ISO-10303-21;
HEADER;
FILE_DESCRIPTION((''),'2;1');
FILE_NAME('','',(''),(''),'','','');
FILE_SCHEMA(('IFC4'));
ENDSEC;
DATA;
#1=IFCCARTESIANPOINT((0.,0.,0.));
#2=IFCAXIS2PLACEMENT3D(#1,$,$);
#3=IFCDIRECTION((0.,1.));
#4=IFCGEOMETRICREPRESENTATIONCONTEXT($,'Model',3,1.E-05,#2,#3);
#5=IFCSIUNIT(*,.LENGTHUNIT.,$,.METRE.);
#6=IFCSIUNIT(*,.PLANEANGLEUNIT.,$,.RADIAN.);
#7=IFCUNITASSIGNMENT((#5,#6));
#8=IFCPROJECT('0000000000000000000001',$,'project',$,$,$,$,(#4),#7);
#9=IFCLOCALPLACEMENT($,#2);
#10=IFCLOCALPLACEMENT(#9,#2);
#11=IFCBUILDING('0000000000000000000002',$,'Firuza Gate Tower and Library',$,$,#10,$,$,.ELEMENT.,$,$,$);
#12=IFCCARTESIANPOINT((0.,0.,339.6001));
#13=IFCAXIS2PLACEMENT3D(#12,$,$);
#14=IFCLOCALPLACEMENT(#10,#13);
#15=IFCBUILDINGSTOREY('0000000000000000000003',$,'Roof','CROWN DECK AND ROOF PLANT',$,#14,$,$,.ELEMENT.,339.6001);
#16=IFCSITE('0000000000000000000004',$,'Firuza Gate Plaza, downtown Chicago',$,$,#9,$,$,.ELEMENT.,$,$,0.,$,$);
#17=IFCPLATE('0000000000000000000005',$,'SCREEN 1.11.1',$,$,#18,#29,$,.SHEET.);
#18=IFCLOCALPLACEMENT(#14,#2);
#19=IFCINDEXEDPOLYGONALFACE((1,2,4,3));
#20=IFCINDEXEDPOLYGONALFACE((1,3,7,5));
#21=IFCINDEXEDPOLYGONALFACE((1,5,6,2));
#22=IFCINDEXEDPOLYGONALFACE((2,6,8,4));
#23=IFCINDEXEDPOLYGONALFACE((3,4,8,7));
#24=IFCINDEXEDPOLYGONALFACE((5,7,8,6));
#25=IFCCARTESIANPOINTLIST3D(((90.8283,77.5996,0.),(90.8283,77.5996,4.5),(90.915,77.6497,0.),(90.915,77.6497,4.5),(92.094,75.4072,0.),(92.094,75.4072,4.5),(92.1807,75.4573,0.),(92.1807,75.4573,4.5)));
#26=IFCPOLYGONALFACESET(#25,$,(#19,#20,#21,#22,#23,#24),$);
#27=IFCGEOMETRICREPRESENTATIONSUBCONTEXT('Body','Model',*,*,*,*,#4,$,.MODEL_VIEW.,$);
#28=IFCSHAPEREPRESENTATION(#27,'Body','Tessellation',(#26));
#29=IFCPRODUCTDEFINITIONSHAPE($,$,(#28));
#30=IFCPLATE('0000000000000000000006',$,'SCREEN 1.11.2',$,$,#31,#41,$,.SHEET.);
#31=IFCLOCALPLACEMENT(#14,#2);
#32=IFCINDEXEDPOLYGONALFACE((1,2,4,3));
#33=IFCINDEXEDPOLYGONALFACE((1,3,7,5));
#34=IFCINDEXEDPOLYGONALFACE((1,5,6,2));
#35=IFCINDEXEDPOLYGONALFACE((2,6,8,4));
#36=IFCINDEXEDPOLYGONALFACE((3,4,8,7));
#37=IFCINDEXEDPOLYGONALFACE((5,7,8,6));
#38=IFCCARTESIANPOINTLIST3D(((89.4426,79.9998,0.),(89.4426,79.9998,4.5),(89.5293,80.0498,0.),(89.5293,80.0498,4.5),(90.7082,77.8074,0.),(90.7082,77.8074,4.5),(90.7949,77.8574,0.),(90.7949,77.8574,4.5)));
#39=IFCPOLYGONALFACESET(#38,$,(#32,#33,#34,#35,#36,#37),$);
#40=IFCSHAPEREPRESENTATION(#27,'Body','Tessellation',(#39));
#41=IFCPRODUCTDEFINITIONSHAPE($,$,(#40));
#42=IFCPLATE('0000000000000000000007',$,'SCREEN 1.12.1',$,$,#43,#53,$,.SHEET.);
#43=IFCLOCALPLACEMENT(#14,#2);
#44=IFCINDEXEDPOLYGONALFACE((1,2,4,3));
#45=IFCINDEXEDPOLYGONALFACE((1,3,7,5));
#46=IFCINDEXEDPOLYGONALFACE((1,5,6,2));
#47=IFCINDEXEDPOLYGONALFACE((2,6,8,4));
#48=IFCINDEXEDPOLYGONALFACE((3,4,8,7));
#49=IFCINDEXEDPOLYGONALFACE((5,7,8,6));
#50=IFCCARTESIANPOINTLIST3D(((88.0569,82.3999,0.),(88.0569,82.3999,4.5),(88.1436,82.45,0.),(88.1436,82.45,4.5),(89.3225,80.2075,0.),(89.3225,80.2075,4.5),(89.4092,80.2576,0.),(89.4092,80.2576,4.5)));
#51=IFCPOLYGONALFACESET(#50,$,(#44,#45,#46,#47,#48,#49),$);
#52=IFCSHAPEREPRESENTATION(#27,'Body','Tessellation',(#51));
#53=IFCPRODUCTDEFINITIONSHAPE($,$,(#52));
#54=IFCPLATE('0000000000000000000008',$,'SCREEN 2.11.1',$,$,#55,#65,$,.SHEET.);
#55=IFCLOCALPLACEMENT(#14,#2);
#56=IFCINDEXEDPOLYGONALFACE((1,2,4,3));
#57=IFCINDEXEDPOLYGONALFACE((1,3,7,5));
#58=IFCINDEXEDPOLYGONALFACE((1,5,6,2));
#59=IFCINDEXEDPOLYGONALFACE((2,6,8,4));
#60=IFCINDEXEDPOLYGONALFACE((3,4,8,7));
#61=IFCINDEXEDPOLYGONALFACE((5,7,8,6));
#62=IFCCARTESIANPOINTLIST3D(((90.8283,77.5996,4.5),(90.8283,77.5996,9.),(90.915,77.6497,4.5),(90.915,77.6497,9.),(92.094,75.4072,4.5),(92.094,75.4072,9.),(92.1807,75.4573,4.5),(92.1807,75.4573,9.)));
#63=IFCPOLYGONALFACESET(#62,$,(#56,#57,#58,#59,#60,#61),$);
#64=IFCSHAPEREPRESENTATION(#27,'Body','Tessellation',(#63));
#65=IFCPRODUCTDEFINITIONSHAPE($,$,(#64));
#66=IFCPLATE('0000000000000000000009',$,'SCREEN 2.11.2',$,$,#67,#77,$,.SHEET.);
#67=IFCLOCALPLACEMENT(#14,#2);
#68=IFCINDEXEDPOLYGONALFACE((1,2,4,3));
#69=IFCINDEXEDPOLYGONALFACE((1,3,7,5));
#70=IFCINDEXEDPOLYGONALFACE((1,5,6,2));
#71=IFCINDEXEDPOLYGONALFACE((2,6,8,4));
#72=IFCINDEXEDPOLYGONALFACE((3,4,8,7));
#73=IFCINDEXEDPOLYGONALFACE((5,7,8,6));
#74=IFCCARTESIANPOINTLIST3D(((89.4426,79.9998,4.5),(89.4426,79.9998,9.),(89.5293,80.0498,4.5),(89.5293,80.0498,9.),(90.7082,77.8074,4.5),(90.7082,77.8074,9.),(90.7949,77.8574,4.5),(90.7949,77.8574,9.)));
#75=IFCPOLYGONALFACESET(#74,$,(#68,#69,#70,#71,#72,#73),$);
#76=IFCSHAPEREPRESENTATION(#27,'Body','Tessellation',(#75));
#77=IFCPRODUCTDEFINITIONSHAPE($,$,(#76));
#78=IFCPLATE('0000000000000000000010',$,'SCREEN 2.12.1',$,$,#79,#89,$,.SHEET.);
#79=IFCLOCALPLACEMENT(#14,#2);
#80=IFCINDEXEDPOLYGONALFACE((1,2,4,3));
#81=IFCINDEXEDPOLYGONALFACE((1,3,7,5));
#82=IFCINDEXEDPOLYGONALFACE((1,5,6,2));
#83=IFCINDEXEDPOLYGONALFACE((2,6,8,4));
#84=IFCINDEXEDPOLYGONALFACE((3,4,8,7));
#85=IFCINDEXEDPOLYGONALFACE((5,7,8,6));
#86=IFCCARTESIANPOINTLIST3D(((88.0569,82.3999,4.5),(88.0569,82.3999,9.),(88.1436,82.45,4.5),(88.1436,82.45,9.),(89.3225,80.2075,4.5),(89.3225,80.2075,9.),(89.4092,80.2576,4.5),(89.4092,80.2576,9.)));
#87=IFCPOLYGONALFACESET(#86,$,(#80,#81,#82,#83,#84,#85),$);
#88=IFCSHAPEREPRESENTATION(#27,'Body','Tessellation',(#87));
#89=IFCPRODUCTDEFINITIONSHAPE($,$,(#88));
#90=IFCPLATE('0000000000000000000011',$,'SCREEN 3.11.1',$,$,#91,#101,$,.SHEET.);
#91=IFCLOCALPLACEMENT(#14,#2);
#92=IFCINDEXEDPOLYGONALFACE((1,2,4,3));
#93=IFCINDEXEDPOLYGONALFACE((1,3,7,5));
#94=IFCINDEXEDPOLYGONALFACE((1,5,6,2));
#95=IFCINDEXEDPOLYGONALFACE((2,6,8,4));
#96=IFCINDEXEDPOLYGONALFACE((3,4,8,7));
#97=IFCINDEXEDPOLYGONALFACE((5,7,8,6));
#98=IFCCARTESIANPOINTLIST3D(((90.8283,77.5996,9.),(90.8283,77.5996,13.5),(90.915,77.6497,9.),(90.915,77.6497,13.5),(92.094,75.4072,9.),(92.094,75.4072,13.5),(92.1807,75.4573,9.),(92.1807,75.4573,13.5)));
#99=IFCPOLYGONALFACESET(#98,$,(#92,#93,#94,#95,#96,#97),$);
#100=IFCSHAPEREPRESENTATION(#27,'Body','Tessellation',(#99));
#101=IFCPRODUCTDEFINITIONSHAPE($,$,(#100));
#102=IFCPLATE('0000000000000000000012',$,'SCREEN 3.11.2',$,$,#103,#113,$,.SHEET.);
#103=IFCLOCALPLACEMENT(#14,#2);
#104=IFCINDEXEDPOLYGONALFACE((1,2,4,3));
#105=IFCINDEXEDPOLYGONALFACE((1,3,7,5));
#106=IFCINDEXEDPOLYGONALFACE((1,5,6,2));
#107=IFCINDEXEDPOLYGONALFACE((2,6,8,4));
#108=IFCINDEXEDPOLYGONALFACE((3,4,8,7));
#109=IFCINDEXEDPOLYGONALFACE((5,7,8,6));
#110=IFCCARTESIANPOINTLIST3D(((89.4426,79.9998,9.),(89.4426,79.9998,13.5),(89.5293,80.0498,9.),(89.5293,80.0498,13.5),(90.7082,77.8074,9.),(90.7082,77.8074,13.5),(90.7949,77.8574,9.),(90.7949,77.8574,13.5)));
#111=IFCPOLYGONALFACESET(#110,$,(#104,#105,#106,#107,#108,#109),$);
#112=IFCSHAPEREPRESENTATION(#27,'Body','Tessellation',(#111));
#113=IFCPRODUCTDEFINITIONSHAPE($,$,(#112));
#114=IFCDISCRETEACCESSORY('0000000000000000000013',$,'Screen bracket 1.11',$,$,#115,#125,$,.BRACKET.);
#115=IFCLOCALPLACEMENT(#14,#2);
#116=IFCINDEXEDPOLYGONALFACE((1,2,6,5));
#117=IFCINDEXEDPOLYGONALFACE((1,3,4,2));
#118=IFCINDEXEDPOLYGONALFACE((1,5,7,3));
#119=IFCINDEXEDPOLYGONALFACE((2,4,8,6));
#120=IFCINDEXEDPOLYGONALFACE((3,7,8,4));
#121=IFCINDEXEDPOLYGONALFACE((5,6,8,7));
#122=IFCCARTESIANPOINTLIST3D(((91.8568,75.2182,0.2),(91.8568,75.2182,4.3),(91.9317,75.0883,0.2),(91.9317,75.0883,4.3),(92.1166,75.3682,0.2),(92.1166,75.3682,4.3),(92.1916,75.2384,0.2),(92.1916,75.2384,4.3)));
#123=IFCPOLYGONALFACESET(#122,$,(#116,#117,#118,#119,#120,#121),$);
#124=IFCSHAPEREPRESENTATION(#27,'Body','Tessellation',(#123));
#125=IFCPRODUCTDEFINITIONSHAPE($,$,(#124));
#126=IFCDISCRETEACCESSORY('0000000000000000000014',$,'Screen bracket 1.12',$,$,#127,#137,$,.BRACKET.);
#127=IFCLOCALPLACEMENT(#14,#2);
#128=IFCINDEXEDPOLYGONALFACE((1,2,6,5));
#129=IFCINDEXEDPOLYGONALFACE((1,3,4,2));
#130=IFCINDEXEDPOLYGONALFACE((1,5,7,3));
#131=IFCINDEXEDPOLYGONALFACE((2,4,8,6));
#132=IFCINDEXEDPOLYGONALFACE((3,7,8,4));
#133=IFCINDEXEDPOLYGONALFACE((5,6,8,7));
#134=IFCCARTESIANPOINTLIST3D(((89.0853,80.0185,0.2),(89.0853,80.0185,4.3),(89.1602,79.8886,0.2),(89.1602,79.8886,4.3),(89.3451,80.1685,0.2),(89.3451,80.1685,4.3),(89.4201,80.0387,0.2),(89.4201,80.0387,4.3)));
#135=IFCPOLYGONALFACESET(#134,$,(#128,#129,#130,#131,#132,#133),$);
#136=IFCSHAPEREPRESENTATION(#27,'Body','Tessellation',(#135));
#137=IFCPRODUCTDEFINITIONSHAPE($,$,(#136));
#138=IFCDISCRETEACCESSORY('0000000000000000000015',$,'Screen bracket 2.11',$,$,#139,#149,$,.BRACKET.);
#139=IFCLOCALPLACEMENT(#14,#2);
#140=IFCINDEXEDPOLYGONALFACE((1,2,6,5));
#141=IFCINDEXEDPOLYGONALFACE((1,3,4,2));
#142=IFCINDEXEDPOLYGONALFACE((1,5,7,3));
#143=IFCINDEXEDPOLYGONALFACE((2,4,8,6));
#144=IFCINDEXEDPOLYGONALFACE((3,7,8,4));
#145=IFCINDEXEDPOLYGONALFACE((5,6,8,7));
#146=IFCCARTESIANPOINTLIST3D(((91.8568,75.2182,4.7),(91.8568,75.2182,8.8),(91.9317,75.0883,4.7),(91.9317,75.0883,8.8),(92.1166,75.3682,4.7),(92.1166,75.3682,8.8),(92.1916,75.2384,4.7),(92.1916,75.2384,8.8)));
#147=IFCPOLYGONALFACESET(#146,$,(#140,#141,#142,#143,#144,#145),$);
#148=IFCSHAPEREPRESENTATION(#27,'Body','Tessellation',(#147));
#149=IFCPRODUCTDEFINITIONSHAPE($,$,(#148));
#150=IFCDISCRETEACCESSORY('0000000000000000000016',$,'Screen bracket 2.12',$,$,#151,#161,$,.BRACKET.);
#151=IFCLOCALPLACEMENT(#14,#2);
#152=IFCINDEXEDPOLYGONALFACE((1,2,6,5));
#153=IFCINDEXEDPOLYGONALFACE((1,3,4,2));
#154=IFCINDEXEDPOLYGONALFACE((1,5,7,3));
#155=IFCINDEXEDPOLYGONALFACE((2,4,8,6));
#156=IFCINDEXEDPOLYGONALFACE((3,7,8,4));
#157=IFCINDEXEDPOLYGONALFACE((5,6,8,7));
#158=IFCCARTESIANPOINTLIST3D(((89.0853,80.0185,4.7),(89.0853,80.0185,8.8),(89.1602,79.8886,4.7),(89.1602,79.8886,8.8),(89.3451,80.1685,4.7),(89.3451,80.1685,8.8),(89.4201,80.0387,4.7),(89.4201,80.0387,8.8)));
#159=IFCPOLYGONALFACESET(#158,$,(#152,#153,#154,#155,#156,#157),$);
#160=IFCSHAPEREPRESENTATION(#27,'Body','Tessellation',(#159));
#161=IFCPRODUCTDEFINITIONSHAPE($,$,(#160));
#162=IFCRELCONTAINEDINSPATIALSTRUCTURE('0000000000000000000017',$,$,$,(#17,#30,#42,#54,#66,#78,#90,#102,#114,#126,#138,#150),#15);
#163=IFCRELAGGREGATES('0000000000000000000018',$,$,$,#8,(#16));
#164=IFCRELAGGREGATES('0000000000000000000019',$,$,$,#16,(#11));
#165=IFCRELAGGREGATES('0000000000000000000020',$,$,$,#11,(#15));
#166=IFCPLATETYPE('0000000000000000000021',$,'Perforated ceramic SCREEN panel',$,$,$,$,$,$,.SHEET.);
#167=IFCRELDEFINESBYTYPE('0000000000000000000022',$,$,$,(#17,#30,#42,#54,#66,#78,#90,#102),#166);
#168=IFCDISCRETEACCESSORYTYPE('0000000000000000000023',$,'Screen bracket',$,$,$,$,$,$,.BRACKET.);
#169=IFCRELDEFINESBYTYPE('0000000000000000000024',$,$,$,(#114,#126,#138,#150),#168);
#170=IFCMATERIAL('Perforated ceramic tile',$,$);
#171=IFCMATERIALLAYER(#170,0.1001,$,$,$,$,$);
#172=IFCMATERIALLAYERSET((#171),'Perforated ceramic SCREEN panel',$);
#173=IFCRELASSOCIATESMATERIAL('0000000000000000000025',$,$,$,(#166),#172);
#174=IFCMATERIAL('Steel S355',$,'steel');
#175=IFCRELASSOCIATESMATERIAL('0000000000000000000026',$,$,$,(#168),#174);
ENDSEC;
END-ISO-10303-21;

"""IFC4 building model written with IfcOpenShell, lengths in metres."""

from ifc_helpers import new_model, si_unit, direction, frame, origin, origin_2d, place, context, subcontext, project, spatial, polyline, rectangle, outline, extrude, material, layer, layer_set, type_object, element, save


model = new_model("IFC4")

# Units and contexts
model_context = context("Model", 3, precision=1e-05, world=origin(), true_north=direction((0.0, 1.0)))
body_context = subcontext(model_context, "Body", "Model", "MODEL_VIEW")
ifc_project = project(units=[si_unit("LENGTHUNIT", "METRE"), si_unit("PLANEANGLEUNIT", "RADIAN")], contexts=[model_context])

# Site, building, storey
site_placement = place(None, origin())
site = spatial("IfcSite", under=ifc_project, at=site_placement, Name="Firuza Gate Plaza, downtown Chicago", CompositionType="ELEMENT", RefElevation=0.0)
building_placement = place(site_placement, origin())
building = spatial("IfcBuilding", under=site, at=building_placement, Name="Firuza Gate Tower and Library", CompositionType="ELEMENT")
storey_placement = place(building_placement, frame((0.0, 0.0, 339.6001)))
storey = spatial("IfcBuildingStorey", under=building, at=storey_placement, Name="Roof", Description="CROWN DECK AND ROOF PLANT", CompositionType="ELEMENT", Elevation=339.6001)

# Plates
ifc_material_1 = material(Name="Perforated ceramic tile")
ifc_layer = layer(ifc_material_1, 0.1001)
ifc_layer_set = layer_set([ifc_layer], Name="Perforated ceramic SCREEN panel")
plate_type = type_object("IfcPlateType", Name="Perforated ceramic SCREEN panel", PredefinedType="SHEET", material=ifc_layer_set)
for number, where, z_axis, x_axis, name in (
    (1, (92.1807, 75.4573, 0.0), (0.866051, 0.499956, 0.0), (-0.499956, 0.866051, 0.0), "SCREEN 1.11.1"),
    (2, (90.7949, 77.8574, 0.0), (0.866051, 0.499956, 0.0), (-0.499956, 0.866051, 0.0), "SCREEN 1.11.2"),
    (3, (89.4092, 80.2576, 0.0), (0.866051, 0.499956, 0.0), (-0.499956, 0.866051, 0.0), "SCREEN 1.12.1"),
    (4, (92.1807, 75.4573, 4.5), (0.866051, 0.499956, 0.0), (-0.499956, 0.866051, 0.0), "SCREEN 2.11.1"),
    (5, (90.7949, 77.8574, 4.5), (0.866051, 0.499956, 0.0), (-0.499956, 0.866051, 0.0), "SCREEN 2.11.2"),
    (6, (89.4092, 80.2576, 4.5), (0.866051, 0.499956, 0.0), (-0.499956, 0.866051, 0.0), "SCREEN 2.12.1"),
    (7, (92.1807, 75.4573, 9.0), (0.866051, 0.499956, 0.0), (-0.499956, 0.866051, 0.0), "SCREEN 3.11.1"),
    (8, (90.7949, 77.8574, 9.0), (0.866051, 0.499956, 0.0), (-0.499956, 0.866051, 0.0), "SCREEN 3.11.2"),
):
    element("IfcPlate", number, at=place(storey_placement, frame(where, z_axis=z_axis, x_axis=x_axis)), inside=storey, type_object=plate_type, Name=name, PredefinedType="SHEET", context=body_context, shape_type="SweptSolid", body=[
        extrude(outline(polyline([(0.0, 0.0), (2.5315, 0.0), (2.5315, 4.5), (0.0, 4.5), (0.0, 0.0)])), origin(), (0.0, 0.0, -1.0), 0.1001),
    ])

# Discrete accessories
ifc_material_2 = material(Name="Steel S355", Category="steel")
discrete_accessory_type = type_object("IfcDiscreteAccessoryType", Name="Screen bracket", PredefinedType="BRACKET", material=ifc_material_2)
for number, where, z_axis, x_axis, name in (
    (9, (92.0242, 75.2283, 0.2), (0.0, 0.0, 1.0), (0.866025, 0.5, 0.0), "Screen bracket 1.11"),
    (10, (89.2527, 80.0286, 0.2), (0.0, 0.0, 1.0), (0.866025, 0.5, 0.0), "Screen bracket 1.12"),
    (11, (92.0242, 75.2283, 4.7), (0.0, 0.0, 1.0), (0.866025, 0.5, 0.0), "Screen bracket 2.11"),
    (12, (89.2527, 80.0286, 4.7), (0.0, 0.0, 1.0), (0.866025, 0.5, 0.0), "Screen bracket 2.12"),
):
    element("IfcDiscreteAccessory", number, at=place(storey_placement, frame(where, z_axis=z_axis, x_axis=x_axis)), inside=storey, type_object=discrete_accessory_type, Name=name, PredefinedType="BRACKET", context=body_context, shape_type="SweptSolid", body=[
        extrude(rectangle(XDim=0.3, YDim=0.1499, at=origin_2d()), origin(), (0.0, 0.0, 1.0), 4.1001),
    ])

save(model, "model.ifc")
